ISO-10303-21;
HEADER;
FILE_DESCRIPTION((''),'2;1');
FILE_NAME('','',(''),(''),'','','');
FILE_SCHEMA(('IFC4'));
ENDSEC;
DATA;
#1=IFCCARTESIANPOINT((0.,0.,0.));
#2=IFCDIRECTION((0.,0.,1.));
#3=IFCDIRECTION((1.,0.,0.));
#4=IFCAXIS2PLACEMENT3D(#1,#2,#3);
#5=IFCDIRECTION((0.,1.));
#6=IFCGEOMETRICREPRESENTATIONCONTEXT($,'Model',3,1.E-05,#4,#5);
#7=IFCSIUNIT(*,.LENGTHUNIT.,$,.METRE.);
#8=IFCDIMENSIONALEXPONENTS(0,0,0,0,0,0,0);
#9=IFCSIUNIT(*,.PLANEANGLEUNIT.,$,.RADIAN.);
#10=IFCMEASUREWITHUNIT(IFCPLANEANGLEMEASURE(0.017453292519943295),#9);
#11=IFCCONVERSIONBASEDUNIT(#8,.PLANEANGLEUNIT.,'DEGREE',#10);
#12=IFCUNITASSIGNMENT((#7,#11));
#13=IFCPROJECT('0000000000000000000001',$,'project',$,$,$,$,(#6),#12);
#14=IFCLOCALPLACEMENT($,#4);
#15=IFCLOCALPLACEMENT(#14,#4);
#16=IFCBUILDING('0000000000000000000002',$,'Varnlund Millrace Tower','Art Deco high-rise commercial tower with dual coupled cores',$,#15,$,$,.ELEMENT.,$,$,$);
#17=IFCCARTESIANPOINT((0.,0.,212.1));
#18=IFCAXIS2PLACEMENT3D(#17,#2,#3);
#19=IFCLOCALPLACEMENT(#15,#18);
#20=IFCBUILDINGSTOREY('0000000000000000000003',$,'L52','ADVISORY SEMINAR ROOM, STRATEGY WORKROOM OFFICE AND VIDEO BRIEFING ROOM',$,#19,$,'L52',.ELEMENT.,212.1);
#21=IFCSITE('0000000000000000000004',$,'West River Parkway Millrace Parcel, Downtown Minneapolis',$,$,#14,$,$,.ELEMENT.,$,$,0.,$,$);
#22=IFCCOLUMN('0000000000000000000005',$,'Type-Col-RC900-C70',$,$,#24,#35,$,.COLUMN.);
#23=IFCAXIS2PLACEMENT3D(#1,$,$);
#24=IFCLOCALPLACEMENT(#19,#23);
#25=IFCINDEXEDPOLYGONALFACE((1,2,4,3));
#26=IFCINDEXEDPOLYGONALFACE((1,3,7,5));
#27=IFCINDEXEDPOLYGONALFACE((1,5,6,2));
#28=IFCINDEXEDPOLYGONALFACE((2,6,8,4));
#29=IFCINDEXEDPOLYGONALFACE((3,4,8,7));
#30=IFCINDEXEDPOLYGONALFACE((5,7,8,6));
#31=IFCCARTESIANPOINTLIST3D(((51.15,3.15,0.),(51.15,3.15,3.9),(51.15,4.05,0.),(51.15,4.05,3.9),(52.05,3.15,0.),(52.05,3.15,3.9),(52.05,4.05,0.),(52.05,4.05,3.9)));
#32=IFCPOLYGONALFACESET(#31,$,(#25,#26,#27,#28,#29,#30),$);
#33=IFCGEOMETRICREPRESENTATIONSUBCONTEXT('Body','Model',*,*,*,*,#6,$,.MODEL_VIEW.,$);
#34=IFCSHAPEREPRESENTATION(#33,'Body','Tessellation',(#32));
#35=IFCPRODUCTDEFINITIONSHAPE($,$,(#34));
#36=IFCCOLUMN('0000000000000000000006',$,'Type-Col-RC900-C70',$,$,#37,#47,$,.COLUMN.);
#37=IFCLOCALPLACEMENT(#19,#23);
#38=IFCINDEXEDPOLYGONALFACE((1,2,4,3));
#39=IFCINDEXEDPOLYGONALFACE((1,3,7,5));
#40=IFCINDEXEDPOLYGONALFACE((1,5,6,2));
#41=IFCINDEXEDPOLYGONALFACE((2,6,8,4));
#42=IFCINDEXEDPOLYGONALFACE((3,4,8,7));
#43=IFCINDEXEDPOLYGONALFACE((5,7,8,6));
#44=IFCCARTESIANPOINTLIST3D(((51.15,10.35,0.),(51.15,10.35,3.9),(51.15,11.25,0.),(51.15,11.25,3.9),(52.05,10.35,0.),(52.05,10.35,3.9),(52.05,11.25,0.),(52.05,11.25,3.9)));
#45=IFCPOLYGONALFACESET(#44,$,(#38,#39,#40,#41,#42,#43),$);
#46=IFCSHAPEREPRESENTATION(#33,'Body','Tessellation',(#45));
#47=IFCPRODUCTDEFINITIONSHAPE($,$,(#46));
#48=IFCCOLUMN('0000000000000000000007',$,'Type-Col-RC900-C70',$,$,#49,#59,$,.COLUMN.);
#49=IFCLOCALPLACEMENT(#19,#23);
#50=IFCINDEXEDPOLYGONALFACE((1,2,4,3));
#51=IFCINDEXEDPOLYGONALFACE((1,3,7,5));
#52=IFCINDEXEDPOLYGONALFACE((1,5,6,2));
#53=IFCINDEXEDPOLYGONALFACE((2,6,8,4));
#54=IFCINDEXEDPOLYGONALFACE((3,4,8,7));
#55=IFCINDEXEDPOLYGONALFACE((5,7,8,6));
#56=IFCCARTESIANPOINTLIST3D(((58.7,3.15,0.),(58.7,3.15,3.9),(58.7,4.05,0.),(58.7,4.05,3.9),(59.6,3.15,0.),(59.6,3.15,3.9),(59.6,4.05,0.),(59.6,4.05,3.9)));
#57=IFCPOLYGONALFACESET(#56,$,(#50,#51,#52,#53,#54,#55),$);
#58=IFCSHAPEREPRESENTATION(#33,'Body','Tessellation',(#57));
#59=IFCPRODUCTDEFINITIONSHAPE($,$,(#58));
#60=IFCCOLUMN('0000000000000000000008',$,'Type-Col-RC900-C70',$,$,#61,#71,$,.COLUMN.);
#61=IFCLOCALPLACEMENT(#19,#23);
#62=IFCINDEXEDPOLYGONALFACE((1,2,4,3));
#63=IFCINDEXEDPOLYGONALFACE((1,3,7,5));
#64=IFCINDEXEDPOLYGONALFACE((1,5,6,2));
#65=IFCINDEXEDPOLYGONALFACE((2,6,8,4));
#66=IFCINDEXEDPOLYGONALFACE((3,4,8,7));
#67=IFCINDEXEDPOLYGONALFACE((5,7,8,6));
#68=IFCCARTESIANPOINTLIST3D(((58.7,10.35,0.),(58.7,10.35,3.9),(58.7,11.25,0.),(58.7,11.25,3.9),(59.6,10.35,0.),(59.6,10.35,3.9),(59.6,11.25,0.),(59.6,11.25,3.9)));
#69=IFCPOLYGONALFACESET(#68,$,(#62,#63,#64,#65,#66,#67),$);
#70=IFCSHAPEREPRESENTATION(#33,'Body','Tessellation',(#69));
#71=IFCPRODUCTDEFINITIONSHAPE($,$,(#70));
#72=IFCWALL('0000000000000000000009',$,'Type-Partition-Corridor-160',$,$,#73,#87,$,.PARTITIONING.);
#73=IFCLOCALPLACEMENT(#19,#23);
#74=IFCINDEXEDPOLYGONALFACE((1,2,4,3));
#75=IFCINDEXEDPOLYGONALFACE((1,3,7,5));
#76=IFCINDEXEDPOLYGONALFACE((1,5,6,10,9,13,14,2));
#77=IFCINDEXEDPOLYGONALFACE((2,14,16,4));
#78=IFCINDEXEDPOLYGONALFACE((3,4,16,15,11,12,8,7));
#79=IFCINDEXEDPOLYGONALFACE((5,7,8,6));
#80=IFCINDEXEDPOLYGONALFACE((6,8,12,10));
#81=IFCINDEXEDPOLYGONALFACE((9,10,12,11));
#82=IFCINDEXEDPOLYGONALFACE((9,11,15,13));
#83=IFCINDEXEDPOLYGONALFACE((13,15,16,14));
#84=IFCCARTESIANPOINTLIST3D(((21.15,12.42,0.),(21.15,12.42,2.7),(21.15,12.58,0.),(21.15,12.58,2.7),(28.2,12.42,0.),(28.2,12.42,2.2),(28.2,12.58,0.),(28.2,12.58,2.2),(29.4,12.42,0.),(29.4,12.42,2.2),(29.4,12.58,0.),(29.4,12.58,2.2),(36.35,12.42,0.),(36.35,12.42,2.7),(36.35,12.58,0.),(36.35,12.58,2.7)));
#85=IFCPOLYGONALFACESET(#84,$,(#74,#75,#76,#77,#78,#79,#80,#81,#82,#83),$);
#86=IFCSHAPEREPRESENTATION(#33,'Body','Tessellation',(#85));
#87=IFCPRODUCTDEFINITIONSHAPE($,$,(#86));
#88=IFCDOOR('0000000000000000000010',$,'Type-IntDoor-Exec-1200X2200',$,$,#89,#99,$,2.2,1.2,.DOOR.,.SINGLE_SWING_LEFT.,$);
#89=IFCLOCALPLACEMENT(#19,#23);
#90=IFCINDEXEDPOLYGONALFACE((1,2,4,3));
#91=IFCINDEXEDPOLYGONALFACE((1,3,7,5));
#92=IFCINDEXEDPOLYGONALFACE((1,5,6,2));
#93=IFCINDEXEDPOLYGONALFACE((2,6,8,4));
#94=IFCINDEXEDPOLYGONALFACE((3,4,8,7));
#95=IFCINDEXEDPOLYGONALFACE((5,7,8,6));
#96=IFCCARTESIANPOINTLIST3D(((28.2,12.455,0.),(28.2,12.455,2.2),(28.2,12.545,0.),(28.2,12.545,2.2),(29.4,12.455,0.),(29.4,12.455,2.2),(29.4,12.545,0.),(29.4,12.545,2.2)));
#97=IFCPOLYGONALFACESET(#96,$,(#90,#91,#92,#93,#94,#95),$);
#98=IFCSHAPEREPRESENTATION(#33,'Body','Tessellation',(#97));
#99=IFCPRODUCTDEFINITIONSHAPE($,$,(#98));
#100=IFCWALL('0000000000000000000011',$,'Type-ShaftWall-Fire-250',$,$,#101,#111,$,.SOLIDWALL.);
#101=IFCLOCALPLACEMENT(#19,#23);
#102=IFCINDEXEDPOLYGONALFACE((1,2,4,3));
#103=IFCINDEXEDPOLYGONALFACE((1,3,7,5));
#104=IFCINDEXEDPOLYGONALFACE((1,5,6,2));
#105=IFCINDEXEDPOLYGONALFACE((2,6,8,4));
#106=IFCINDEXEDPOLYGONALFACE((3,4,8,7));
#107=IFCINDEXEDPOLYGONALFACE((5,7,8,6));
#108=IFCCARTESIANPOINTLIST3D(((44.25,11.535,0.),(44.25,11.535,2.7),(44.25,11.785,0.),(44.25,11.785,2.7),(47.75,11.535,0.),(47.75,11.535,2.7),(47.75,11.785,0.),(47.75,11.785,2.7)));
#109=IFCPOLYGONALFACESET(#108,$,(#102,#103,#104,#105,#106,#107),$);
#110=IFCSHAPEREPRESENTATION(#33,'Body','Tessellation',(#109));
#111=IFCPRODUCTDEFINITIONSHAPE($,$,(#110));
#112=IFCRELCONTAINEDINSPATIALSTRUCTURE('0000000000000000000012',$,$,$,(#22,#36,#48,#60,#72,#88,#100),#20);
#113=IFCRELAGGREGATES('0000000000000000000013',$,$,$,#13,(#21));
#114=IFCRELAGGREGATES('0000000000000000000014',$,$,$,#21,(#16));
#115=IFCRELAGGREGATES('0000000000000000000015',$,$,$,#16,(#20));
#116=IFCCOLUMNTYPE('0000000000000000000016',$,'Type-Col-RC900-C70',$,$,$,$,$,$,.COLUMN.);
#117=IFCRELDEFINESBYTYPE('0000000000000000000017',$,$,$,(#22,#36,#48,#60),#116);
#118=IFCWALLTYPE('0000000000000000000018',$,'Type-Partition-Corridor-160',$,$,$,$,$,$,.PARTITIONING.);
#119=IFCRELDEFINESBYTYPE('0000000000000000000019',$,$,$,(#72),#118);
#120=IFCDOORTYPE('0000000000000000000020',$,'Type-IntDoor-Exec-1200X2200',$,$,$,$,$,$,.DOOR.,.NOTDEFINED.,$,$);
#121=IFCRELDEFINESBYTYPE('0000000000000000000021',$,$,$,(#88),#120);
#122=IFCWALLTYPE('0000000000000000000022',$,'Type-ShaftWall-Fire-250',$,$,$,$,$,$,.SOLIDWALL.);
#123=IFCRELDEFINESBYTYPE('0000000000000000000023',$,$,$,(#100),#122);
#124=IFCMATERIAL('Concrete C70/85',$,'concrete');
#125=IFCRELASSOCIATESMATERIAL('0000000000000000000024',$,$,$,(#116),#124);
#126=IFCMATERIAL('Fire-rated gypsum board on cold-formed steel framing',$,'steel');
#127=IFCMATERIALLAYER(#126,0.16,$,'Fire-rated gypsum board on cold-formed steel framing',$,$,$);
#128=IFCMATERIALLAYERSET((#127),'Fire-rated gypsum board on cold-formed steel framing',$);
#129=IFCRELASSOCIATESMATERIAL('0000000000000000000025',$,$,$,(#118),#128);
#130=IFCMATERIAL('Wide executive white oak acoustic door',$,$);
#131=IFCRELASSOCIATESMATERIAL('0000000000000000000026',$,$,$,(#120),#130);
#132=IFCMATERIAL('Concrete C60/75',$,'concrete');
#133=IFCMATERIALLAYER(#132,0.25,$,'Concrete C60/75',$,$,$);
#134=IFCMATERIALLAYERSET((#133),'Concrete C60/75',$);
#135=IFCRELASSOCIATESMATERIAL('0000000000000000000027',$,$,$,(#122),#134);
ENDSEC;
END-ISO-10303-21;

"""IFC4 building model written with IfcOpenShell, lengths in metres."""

from ifc_helpers import new_model, entity, si_unit, converted_unit, direction, frame, origin_with_axes, origin_2d_with_axis, place, context, subcontext, project, spatial, polyline, rectangle, outline, extrude, material, layer, layer_set, material_profile, profile_set, type_object, element, fill, save


model = new_model("IFC4")

# Units and contexts
model_context = context("Model", 3, precision=1e-05, world=origin_with_axes(), true_north=direction((0.0, 1.0)))
body_context = subcontext(model_context, "Body", "Model", "MODEL_VIEW")
ifc_project = project(units=[si_unit("LENGTHUNIT", "METRE"), converted_unit("PLANEANGLEUNIT", "DEGREE", entity("IfcPlaneAngleMeasure", 0.017453292519943295), si_unit("PLANEANGLEUNIT", "RADIAN"), dimensions=[0, 0, 0, 0, 0, 0, 0])], contexts=[model_context])

# Site, building, storey
site_placement = place(None, origin_with_axes())
site = spatial("IfcSite", under=ifc_project, at=site_placement, Name="West River Parkway Millrace Parcel, Downtown Minneapolis", CompositionType="ELEMENT", RefElevation=0.0)
building_placement = place(site_placement, origin_with_axes())
building = spatial("IfcBuilding", under=site, at=building_placement, Name="Varnlund Millrace Tower", Description="Art Deco high-rise commercial tower with dual coupled cores", CompositionType="ELEMENT")
storey_placement = place(building_placement, frame((0.0, 0.0, 212.1), z_axis=(0.0, 0.0, 1.0), x_axis=(1.0, 0.0, 0.0)))
storey = spatial("IfcBuildingStorey", under=building, at=storey_placement, Name="L52", Description="ADVISORY SEMINAR ROOM, STRATEGY WORKROOM OFFICE AND VIDEO BRIEFING ROOM", LongName="L52", CompositionType="ELEMENT", Elevation=212.1)

# Columns
ifc_material_1 = material(Name="Concrete C70/85", Category="concrete")
ifc_material_profile_1 = material_profile(ifc_material_1, rectangle(XDim=0.9, YDim=0.9, at=origin_2d_with_axis()), Name="Concrete C70/85")
ifc_profile_set_1 = profile_set([ifc_material_profile_1], Name="Concrete C70/85")
column_type_1 = type_object("IfcColumnType", Name="Type-Col-RC900-C70", PredefinedType="COLUMN", material=ifc_profile_set_1)
for number, where, z_axis, x_axis, name in (
    (1, (51.6, 3.6, 0.0), (0.0, 0.0, 1.0), (1.0, 0.0, 0.0), "Type-Col-RC900-C70"),
    (2, (51.6, 10.8, 0.0), (0.0, 0.0, 1.0), (1.0, 0.0, 0.0), "Type-Col-RC900-C70"),
    (3, (59.15, 3.6, 0.0), (0.0, 0.0, 1.0), (1.0, 0.0, 0.0), "Type-Col-RC900-C70"),
    (4, (59.15, 10.8, 0.0), (0.0, 0.0, 1.0), (1.0, 0.0, 0.0), "Type-Col-RC900-C70"),
):
    element("IfcColumn", number, at=place(storey_placement, frame(where, z_axis=z_axis, x_axis=x_axis)), inside=storey, type_object=column_type_1, Name=name, PredefinedType="COLUMN", context=body_context, shape_type="SweptSolid", body=[
        extrude(rectangle(XDim=0.9, YDim=0.9, at=origin_2d_with_axis()), origin_with_axes(), (0.0, 0.0, 1.0), 3.9),
    ])

# Shared definitions
ifc_material_2 = material(Name="Fire-rated gypsum board on cold-formed steel framing", Category="steel")
ifc_layer_1 = layer(ifc_material_2, 0.16, Name="Fire-rated gypsum board on cold-formed steel framing")
ifc_layer_set_1 = layer_set([ifc_layer_1], Name="Fire-rated gypsum board on cold-formed steel framing")
wall_type_1 = type_object("IfcWallType", Name="Type-Partition-Corridor-160", PredefinedType="PARTITIONING", material=ifc_layer_set_1)

# Wall, opening, door
wall_1_placement = place(storey_placement, frame((21.15, 12.5, 0.0), z_axis=(0.0, 0.0, 1.0), x_axis=(1.0, 0.0, 0.0)))
wall_1 = element("IfcWall", 5, at=wall_1_placement, inside=storey, type_object=wall_type_1, Name="Type-Partition-Corridor-160", PredefinedType="PARTITIONING", context=body_context, shape_type="SweptSolid", body=[
    extrude(outline(polyline([(0.0, -0.08), (15.2, -0.08), (15.2, 0.08), (0.0, 0.08), (0.0, -0.08)])), origin_with_axes(), (0.0, 0.0, 1.0), 2.7),
])
opening_1_placement = place(wall_1_placement, frame((7.65, 0.0, 0.0), z_axis=(0.0, 0.0, 1.0), x_axis=(1.0, 0.0, 0.0)))
opening_1 = element("IfcOpeningElement", 6, at=opening_1_placement, cuts=wall_1, PredefinedType="OPENING", context=body_context, shape_type="SweptSolid", body=[
    extrude(rectangle(XDim=1.2, YDim=0.18, at=origin_2d_with_axis()), origin_with_axes(), (0.0, 0.0, 1.0), 2.2),
])
ifc_material_3 = material(Name="Wide executive white oak acoustic door")
door_type_1 = type_object("IfcDoorType", Name="Type-IntDoor-Exec-1200X2200", OperationType="NOTDEFINED", PredefinedType="DOOR", material=ifc_material_3)
door_1_placement = place(wall_1_placement, frame((7.65, 0.0, 0.0), z_axis=(0.0, 0.0, 1.0), x_axis=(1.0, 0.0, 0.0)))
door_1 = element("IfcDoor", 7, at=door_1_placement, inside=storey, type_object=door_type_1, Name="Type-IntDoor-Exec-1200X2200", OperationType="SINGLE_SWING_LEFT", OverallHeight=2.2, OverallWidth=1.2, PredefinedType="DOOR", context=body_context, shape_type="SweptSolid", body=[
    extrude(rectangle(XDim=1.2, YDim=0.09, at=origin_2d_with_axis()), origin_with_axes(), (0.0, 0.0, 1.0), 2.2),
])
fill(opening_1, door_1)

# Wall
ifc_material_4 = material(Name="Concrete C60/75", Category="concrete")
ifc_layer_2 = layer(ifc_material_4, 0.25, Name="Concrete C60/75")
ifc_layer_set_2 = layer_set([ifc_layer_2], Name="Concrete C60/75")
wall_type_2 = type_object("IfcWallType", Name="Type-ShaftWall-Fire-250", PredefinedType="SOLIDWALL", material=ifc_layer_set_2)
wall_2_placement = place(storey_placement, frame((44.25, 11.66, 0.0), z_axis=(0.0, 0.0, 1.0), x_axis=(1.0, 0.0, 0.0)))
element("IfcWall", 8, at=wall_2_placement, inside=storey, type_object=wall_type_2, Name="Type-ShaftWall-Fire-250", PredefinedType="SOLIDWALL", context=body_context, shape_type="SweptSolid", body=[
    extrude(outline(polyline([(0.0, -0.125), (3.5, -0.125), (3.5, 0.125), (0.0, 0.125), (0.0, -0.125)])), origin_with_axes(), (0.0, 0.0, 1.0), 2.7),
])

save(model, "model.ifc")
